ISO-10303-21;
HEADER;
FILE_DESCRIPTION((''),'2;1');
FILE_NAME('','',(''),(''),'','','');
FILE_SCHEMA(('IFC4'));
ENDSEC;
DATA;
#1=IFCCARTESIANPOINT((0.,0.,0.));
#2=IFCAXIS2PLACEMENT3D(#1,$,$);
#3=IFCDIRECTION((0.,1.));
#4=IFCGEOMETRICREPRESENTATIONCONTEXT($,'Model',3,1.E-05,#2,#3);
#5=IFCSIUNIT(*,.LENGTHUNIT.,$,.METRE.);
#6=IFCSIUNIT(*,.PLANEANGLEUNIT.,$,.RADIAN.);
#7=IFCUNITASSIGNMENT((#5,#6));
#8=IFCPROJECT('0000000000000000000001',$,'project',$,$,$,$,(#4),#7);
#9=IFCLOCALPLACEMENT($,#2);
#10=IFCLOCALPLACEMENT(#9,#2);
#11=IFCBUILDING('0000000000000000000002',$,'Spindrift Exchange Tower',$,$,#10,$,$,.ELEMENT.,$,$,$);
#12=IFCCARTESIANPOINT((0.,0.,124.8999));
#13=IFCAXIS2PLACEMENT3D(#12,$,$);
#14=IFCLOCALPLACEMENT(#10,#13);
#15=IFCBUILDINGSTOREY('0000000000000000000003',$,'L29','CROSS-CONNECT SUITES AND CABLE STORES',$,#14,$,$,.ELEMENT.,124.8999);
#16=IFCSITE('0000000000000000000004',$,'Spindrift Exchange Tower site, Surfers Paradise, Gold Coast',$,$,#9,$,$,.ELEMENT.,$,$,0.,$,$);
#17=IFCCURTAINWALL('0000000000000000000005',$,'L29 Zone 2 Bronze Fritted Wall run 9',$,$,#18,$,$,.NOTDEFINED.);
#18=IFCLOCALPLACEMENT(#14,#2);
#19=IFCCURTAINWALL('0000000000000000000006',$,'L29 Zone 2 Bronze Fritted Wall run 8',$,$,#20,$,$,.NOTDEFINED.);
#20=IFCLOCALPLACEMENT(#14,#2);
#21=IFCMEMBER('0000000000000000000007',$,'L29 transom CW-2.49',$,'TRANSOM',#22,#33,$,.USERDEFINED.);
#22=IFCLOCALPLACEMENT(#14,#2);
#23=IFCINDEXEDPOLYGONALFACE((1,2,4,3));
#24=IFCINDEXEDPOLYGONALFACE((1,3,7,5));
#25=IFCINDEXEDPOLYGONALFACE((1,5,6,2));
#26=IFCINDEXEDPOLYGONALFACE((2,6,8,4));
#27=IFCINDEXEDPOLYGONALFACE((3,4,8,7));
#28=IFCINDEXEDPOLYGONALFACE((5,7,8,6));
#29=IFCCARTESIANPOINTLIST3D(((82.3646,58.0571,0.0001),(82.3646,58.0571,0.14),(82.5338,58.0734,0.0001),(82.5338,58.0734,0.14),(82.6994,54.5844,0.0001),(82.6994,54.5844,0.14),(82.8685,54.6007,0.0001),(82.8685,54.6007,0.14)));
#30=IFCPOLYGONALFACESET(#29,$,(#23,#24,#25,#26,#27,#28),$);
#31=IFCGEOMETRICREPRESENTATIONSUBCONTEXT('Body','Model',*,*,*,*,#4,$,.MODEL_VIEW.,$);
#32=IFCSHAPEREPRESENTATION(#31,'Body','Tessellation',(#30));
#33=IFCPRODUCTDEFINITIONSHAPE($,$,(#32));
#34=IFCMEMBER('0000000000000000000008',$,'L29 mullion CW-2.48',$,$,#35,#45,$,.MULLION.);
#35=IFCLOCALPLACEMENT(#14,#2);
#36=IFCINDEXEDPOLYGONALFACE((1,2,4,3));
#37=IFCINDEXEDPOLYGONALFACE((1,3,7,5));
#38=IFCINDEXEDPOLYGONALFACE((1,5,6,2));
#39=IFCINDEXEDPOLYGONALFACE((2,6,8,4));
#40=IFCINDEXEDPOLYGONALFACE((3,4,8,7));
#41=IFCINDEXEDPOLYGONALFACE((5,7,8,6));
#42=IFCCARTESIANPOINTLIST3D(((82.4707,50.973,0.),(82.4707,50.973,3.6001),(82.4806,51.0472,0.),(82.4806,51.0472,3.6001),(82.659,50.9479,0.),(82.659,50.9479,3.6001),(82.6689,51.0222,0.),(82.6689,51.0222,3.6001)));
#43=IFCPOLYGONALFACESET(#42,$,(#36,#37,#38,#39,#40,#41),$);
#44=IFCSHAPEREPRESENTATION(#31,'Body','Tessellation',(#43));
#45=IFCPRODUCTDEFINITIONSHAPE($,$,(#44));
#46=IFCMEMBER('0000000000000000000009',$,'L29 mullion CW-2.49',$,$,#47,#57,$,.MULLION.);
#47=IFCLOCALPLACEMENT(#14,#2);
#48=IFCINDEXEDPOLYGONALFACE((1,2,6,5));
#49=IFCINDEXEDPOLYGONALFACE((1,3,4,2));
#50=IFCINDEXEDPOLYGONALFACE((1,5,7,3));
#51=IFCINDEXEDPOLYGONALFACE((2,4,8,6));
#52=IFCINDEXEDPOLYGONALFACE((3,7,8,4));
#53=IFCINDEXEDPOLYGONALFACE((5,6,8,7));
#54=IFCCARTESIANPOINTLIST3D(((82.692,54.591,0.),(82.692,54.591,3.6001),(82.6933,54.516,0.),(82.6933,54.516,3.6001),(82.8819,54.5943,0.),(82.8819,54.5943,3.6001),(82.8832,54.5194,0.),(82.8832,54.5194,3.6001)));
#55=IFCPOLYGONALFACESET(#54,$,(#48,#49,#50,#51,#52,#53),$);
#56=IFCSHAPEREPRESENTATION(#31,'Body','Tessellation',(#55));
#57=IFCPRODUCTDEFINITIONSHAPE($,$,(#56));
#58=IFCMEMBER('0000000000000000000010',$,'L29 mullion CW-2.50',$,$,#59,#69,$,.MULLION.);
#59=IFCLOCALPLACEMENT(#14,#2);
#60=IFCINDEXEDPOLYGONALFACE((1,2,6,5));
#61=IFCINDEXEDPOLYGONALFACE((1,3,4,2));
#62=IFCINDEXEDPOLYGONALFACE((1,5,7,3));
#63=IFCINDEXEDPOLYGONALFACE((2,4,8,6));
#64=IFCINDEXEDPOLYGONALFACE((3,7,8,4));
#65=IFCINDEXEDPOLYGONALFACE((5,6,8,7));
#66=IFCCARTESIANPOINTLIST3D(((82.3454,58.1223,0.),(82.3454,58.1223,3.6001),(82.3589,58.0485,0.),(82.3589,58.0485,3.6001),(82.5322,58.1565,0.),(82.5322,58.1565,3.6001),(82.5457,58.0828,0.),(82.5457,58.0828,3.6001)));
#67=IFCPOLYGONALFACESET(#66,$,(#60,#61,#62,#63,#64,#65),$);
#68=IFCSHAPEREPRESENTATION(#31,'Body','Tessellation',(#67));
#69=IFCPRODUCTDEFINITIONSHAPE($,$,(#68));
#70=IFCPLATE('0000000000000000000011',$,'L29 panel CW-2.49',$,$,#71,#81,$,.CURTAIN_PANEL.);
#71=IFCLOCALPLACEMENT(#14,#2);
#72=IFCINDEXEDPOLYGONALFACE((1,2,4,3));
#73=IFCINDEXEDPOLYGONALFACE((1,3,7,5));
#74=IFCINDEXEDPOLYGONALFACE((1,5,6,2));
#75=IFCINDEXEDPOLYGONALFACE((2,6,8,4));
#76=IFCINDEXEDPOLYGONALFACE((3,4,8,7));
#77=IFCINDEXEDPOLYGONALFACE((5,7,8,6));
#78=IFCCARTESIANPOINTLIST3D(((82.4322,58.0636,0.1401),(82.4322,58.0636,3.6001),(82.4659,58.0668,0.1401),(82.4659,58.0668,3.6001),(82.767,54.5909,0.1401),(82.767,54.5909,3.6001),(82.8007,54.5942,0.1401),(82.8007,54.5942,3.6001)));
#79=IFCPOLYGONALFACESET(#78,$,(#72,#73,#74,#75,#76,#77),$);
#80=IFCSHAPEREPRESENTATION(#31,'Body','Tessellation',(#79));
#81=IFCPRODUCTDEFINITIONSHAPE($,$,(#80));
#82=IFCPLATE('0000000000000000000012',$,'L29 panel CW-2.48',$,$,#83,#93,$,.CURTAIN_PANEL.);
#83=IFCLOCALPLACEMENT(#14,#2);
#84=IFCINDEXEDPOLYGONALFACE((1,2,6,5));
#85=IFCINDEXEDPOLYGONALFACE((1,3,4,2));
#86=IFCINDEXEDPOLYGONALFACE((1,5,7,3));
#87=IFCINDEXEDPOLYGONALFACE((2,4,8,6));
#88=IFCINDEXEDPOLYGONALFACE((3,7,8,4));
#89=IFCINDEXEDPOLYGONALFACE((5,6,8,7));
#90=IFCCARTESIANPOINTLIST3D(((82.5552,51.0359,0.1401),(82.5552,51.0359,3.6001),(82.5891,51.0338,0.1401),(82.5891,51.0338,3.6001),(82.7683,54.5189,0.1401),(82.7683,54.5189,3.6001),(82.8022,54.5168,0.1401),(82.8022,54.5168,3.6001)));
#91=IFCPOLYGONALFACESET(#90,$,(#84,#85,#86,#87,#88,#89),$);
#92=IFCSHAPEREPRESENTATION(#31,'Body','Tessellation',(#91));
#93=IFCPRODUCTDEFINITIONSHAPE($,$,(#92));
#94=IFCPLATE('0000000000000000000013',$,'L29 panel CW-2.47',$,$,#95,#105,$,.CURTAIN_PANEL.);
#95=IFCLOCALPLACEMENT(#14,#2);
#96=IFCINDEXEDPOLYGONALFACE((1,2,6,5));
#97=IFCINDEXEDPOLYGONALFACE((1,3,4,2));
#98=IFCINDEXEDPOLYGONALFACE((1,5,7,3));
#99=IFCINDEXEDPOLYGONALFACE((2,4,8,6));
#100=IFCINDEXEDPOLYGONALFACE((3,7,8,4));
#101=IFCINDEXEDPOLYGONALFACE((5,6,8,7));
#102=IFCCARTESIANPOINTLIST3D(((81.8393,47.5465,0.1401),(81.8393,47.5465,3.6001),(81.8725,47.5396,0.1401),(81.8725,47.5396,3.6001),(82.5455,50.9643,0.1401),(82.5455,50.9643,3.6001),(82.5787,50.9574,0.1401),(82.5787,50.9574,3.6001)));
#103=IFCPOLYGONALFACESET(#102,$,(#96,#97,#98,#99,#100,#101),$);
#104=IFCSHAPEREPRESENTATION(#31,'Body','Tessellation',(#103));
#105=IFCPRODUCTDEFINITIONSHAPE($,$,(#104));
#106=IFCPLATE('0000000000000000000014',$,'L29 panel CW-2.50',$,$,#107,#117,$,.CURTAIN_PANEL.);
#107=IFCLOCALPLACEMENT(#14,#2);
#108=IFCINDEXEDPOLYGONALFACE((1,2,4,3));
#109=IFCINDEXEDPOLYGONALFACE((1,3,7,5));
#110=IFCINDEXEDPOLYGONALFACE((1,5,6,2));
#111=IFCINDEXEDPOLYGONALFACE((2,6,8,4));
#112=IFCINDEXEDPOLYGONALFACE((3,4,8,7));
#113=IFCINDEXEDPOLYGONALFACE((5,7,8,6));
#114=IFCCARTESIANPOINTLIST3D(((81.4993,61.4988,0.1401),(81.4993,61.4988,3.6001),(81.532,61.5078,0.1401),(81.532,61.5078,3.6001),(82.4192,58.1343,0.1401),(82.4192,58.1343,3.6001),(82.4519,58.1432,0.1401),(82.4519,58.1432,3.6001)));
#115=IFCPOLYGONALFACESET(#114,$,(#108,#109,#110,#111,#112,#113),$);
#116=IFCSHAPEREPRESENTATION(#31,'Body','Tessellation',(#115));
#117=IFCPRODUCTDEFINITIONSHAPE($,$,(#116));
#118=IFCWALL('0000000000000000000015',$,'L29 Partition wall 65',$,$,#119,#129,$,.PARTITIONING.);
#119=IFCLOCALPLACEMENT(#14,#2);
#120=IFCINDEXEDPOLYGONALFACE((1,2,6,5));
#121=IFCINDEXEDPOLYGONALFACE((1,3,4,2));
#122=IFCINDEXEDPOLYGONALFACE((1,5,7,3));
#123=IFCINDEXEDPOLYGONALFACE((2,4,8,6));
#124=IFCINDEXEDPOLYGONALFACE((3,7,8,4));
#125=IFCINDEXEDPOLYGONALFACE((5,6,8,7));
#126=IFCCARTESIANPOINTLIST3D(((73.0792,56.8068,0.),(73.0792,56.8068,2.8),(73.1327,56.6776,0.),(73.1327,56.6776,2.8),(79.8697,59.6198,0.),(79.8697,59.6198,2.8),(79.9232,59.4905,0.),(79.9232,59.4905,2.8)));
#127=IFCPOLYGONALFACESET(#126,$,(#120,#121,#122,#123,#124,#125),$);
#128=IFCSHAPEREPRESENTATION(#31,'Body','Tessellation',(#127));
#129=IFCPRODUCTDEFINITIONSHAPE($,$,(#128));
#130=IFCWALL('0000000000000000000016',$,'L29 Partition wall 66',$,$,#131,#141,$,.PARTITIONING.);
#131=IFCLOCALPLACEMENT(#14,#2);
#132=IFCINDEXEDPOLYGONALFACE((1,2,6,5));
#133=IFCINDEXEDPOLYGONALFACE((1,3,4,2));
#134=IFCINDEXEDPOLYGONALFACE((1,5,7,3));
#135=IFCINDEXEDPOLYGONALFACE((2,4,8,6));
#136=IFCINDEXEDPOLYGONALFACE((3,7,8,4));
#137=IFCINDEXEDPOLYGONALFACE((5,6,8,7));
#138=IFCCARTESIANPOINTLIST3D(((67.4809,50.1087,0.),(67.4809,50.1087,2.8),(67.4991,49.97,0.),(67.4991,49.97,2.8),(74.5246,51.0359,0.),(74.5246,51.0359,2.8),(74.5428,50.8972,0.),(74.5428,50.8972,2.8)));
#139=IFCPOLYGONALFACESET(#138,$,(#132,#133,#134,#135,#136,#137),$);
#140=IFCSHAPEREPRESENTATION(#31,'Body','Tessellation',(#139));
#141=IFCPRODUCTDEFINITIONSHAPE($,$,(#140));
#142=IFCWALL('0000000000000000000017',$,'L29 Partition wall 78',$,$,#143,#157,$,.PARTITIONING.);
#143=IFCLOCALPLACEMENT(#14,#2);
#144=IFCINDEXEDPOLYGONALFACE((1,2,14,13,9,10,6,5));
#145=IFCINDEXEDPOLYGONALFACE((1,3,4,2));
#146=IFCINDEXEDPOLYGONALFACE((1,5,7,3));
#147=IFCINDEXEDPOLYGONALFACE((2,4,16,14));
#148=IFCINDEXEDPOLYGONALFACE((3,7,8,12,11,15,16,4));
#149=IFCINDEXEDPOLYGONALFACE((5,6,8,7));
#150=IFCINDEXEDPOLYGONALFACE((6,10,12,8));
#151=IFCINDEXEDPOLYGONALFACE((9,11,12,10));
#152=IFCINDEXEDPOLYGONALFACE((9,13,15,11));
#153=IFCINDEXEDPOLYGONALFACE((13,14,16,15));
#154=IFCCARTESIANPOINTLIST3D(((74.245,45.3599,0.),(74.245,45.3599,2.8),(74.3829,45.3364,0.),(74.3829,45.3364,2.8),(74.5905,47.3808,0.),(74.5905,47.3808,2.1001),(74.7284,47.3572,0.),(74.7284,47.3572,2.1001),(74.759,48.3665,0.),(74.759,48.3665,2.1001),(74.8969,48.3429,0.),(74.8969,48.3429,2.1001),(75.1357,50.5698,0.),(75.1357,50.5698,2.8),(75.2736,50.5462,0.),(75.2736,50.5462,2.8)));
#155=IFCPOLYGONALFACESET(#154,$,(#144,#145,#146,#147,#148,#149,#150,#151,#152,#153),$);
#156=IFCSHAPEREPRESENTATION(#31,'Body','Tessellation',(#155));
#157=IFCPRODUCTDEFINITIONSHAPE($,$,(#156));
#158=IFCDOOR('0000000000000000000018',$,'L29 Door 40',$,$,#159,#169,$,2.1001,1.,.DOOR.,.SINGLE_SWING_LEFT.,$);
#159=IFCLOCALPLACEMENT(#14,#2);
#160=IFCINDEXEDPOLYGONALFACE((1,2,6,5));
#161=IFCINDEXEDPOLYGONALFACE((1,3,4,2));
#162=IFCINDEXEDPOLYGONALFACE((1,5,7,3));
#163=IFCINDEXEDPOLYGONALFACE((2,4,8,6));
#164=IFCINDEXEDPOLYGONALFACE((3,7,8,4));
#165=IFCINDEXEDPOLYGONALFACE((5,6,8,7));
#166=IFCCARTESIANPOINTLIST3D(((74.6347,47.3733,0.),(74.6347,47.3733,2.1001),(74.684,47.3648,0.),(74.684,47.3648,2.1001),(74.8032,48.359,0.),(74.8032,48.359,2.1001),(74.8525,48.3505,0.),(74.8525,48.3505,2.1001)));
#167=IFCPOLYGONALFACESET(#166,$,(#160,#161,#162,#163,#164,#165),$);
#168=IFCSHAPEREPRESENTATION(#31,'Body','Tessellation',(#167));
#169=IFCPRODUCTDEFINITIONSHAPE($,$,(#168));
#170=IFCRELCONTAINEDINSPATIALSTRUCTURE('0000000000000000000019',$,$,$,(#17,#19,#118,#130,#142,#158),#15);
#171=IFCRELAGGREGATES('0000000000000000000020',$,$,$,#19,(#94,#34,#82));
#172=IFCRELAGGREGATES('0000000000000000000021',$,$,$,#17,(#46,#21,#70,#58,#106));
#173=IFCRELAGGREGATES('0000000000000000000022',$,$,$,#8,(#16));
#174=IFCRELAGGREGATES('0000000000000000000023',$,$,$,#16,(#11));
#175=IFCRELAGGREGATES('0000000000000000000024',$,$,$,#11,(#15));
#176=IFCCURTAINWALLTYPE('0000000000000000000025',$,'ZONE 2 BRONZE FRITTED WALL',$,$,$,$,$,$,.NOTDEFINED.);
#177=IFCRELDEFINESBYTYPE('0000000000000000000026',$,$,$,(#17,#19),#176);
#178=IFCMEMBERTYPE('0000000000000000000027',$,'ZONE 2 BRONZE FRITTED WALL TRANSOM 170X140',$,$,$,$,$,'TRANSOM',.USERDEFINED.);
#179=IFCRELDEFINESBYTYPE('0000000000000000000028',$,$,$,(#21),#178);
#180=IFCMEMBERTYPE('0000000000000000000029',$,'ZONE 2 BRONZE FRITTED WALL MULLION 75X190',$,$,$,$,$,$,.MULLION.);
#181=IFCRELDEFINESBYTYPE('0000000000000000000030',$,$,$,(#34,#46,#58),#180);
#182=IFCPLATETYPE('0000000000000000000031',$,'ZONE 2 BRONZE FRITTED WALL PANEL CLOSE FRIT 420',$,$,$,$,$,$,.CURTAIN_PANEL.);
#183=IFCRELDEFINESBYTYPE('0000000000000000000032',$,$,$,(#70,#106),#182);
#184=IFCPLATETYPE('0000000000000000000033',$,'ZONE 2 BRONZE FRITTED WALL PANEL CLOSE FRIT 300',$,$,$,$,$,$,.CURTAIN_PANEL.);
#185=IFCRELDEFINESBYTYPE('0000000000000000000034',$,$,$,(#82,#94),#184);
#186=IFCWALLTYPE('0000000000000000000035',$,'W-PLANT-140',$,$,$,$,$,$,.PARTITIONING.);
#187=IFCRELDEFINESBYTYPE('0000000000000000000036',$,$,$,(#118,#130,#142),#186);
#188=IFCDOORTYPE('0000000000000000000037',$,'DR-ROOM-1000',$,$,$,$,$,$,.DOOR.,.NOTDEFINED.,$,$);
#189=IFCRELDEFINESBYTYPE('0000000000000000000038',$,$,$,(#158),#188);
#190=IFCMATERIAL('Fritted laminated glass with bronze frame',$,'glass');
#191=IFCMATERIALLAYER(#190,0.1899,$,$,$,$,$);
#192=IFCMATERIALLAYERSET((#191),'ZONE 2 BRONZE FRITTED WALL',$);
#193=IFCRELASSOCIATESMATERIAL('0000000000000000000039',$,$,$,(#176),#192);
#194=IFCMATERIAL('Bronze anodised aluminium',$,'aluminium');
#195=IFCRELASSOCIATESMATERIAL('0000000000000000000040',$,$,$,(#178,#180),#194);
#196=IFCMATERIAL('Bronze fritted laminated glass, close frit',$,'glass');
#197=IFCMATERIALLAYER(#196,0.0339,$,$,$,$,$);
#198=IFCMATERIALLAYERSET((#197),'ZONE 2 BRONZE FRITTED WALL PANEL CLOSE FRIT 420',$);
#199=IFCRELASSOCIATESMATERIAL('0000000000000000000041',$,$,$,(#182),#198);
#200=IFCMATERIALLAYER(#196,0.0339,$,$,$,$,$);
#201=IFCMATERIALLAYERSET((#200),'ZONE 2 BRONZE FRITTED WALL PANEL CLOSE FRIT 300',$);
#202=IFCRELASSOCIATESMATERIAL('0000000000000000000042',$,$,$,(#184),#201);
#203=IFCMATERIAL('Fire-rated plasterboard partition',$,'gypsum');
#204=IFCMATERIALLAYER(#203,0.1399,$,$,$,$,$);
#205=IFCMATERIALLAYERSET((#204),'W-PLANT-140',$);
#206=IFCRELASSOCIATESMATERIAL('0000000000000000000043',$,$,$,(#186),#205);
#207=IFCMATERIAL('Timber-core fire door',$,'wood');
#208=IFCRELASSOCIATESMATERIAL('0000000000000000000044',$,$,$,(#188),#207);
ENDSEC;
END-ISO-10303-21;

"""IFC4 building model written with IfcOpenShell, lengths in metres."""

from ifc_helpers import new_model, si_unit, direction, frame, frame_2d, origin, origin_2d, place, context, subcontext, project, spatial, rectangle, extrude, source, transform, mapped, material, layer, layer_set, material_profile, profile_set, type_object, element, fill, aggregate, save


model = new_model("IFC4")

# Units and contexts
model_context = context("Model", 3, precision=1e-05, world=origin(), true_north=direction((0.0, 1.0)))
body_context = subcontext(model_context, "Body", "Model", "MODEL_VIEW")
ifc_project = project(units=[si_unit("LENGTHUNIT", "METRE"), si_unit("PLANEANGLEUNIT", "RADIAN")], contexts=[model_context])

# Site, building, storey
site_placement = place(None, origin())
site = spatial("IfcSite", under=ifc_project, at=site_placement, Name="Spindrift Exchange Tower site, Surfers Paradise, Gold Coast", CompositionType="ELEMENT", RefElevation=0.0)
building_placement = place(site_placement, origin())
building = spatial("IfcBuilding", under=site, at=building_placement, Name="Spindrift Exchange Tower", CompositionType="ELEMENT")
storey_placement = place(building_placement, frame((0.0, 0.0, 124.8999)))
storey = spatial("IfcBuildingStorey", under=building, at=storey_placement, Name="L29", Description="CROSS-CONNECT SUITES AND CABLE STORES", CompositionType="ELEMENT", Elevation=124.8999)

# Curtain walls
ifc_material_1 = material(Name="Fritted laminated glass with bronze frame", Category="glass")
ifc_layer_1 = layer(ifc_material_1, 0.1899)
ifc_layer_set_1 = layer_set([ifc_layer_1], Name="ZONE 2 BRONZE FRITTED WALL")
curtain_wall_type = type_object("IfcCurtainWallType", Name="ZONE 2 BRONZE FRITTED WALL", PredefinedType="NOTDEFINED", material=ifc_layer_set_1)
curtain_wall_1_placement = place(storey_placement, origin())
curtain_wall_1 = element("IfcCurtainWall", 1, at=curtain_wall_1_placement, inside=storey, type_object=curtain_wall_type, Name="L29 Zone 2 Bronze Fritted Wall run 9", PredefinedType="NOTDEFINED")
ifc_material_2 = material(Name="Bronze anodised aluminium", Category="aluminium")
ifc_material_profile_1 = material_profile(ifc_material_2, rectangle(XDim=0.1699, YDim=0.1399, at=origin_2d()), Name="ZONE 2 BRONZE FRITTED WALL TRANSOM 170X140")
ifc_profile_set_1 = profile_set([ifc_material_profile_1], Name="Bronze anodised aluminium")
member_type_1 = type_object("IfcMemberType", Name="ZONE 2 BRONZE FRITTED WALL TRANSOM 170X140", ElementType="TRANSOM", PredefinedType="USERDEFINED", material=ifc_profile_set_1)
curtain_wall_2_placement = place(storey_placement, origin())
curtain_wall_2 = element("IfcCurtainWall", 2, at=curtain_wall_2_placement, inside=storey, type_object=curtain_wall_type, Name="L29 Zone 2 Bronze Fritted Wall run 8", PredefinedType="NOTDEFINED")

# Members
shared_shape_1 = source(origin(), body_context, "Body", "SweptSolid", [
    extrude(rectangle(XDim=0.1699, YDim=0.1399, at=origin_2d()), origin(), (0.0, 0.0, 1.0), 3.4888),
])
member_1_placement = place(storey_placement, frame((82.7839, 54.5925, 0.0701), z_axis=(-0.095942, 0.995387, 0.0), x_axis=(-0.995387, -0.095942, 0.0)))
member_1 = element("IfcMember", 3, at=member_1_placement, type_object=member_type_1, Name="L29 transom CW-2.49", ObjectType="TRANSOM", PredefinedType="USERDEFINED", context=body_context, shape_type="MappedRepresentation", body=[
    mapped(shared_shape_1, transform((0.0, 0.0, 0.0), scale=1.0)),
])
ifc_material_profile_2 = material_profile(ifc_material_2, rectangle(XDim=0.075, YDim=0.1899, at=origin_2d()), Name="ZONE 2 BRONZE FRITTED WALL MULLION 75X190")
ifc_profile_set_2 = profile_set([ifc_material_profile_2], Name="Bronze anodised aluminium")
member_type_2 = type_object("IfcMemberType", Name="ZONE 2 BRONZE FRITTED WALL MULLION 75X190", PredefinedType="MULLION", material=ifc_profile_set_2)
shared_shape_2 = source(origin(), body_context, "Body", "SweptSolid", [
    extrude(rectangle(XDim=0.075, YDim=0.1899, at=origin_2d()), origin(), (0.0, 0.0, 1.0), 3.6001),
])
member_2_placement = place(storey_placement, frame((82.5698, 50.9976, 0.0), z_axis=(0.0, 0.0, 1.0), x_axis=(0.132051, 0.991243, 0.0)))
member_2 = element("IfcMember", 4, at=member_2_placement, type_object=member_type_2, Name="L29 mullion CW-2.48", PredefinedType="MULLION", context=body_context, shape_type="MappedRepresentation", body=[
    mapped(shared_shape_2, transform((0.0, 0.0, 0.0), scale=1.0)),
])
member_3_placement = place(storey_placement, frame((82.7876, 54.5552, 0.0), z_axis=(0.0, 0.0, 1.0), x_axis=(-0.017499, 0.999847, 0.0)))
member_3 = element("IfcMember", 5, at=member_3_placement, type_object=member_type_2, Name="L29 mullion CW-2.49", PredefinedType="MULLION", context=body_context, shape_type="MappedRepresentation", body=[
    mapped(shared_shape_2, transform((0.0, 0.0, 0.0), scale=1.0)),
])
member_4_placement = place(storey_placement, frame((82.4456, 58.1025, 0.0), z_axis=(0.0, 0.0, 1.0), x_axis=(-0.180505, 0.983574, 0.0)))
member_4 = element("IfcMember", 6, at=member_4_placement, type_object=member_type_2, Name="L29 mullion CW-2.50", PredefinedType="MULLION", context=body_context, shape_type="MappedRepresentation", body=[
    mapped(shared_shape_2, transform((0.0, 0.0, 0.0), scale=1.0)),
])

# Plates
ifc_material_3 = material(Name="Bronze fritted laminated glass, close frit", Category="glass")
ifc_layer_2 = layer(ifc_material_3, 0.0339)
ifc_layer_set_2 = layer_set([ifc_layer_2], Name="ZONE 2 BRONZE FRITTED WALL PANEL CLOSE FRIT 420")
plate_type_1 = type_object("IfcPlateType", Name="ZONE 2 BRONZE FRITTED WALL PANEL CLOSE FRIT 420", PredefinedType="CURTAIN_PANEL", material=ifc_layer_set_2)
shared_shape_3 = source(origin(), body_context, "Body", "SweptSolid", [
    extrude(rectangle(XDim=3.4888, YDim=0.0339, at=origin_2d()), origin(), (0.0, 0.0, 1.0), 3.46),
])
plate_1_placement = place(storey_placement, frame((82.6165, 56.3289, 0.1401), z_axis=(0.0, 0.0, 1.0), x_axis=(-0.095966, 0.995385, 0.0)))
plate_1 = element("IfcPlate", 7, at=plate_1_placement, type_object=plate_type_1, Name="L29 panel CW-2.49", PredefinedType="CURTAIN_PANEL", context=body_context, shape_type="MappedRepresentation", body=[
    mapped(shared_shape_3, transform((0.0, 0.0, 0.0), scale=1.0)),
])
ifc_layer_3 = layer(ifc_material_3, 0.0339)
ifc_layer_set_3 = layer_set([ifc_layer_3], Name="ZONE 2 BRONZE FRITTED WALL PANEL CLOSE FRIT 300")
plate_type_2 = type_object("IfcPlateType", Name="ZONE 2 BRONZE FRITTED WALL PANEL CLOSE FRIT 300", PredefinedType="CURTAIN_PANEL", material=ifc_layer_set_3)
shared_shape_4 = source(origin(), body_context, "Body", "SweptSolid", [
    extrude(rectangle(XDim=3.4895, YDim=0.0339, at=origin_2d()), origin(), (0.0, 0.0, 1.0), 3.46),
])
plate_2_placement = place(storey_placement, frame((82.6787, 52.7764, 0.1401), z_axis=(0.0, 0.0, 1.0), x_axis=(0.061076, 0.998133, 0.0)))
plate_2 = element("IfcPlate", 8, at=plate_2_placement, type_object=plate_type_2, Name="L29 panel CW-2.48", PredefinedType="CURTAIN_PANEL", context=body_context, shape_type="MappedRepresentation", body=[
    mapped(shared_shape_4, transform((0.0, 0.0, 0.0), scale=1.0)),
])
shared_shape_5 = source(origin(), body_context, "Body", "SweptSolid", [
    extrude(rectangle(XDim=3.49, YDim=0.0339, at=origin_2d()), origin(), (0.0, 0.0, 1.0), 3.46),
])
plate_3_placement = place(storey_placement, frame((82.209, 49.252, 0.1401), z_axis=(0.0, 0.0, 1.0), x_axis=(0.202353, 0.979313, 0.0)))
plate_3 = element("IfcPlate", 9, at=plate_3_placement, type_object=plate_type_2, Name="L29 panel CW-2.47", PredefinedType="CURTAIN_PANEL", context=body_context, shape_type="MappedRepresentation", body=[
    mapped(shared_shape_5, transform((0.0, 0.0, 0.0), scale=1.0)),
])
aggregate(curtain_wall_2, [plate_3, member_2, plate_2])
shared_shape_6 = source(origin(), body_context, "Body", "SweptSolid", [
    extrude(rectangle(XDim=3.488, YDim=0.0339, at=origin_2d()), origin(), (0.0, 0.0, 1.0), 3.46),
])
plate_4_placement = place(storey_placement, frame((81.9756, 59.821, 0.1401), z_axis=(0.0, 0.0, 1.0), x_axis=(-0.263728, 0.964597, 0.0)))
plate_4 = element("IfcPlate", 10, at=plate_4_placement, type_object=plate_type_1, Name="L29 panel CW-2.50", PredefinedType="CURTAIN_PANEL", context=body_context, shape_type="MappedRepresentation", body=[
    mapped(shared_shape_6, transform((0.0, 0.0, 0.0), scale=1.0)),
])
aggregate(curtain_wall_1, [member_3, member_1, plate_1, member_4, plate_4])

# Walls
ifc_material_4 = material(Name="Fire-rated plasterboard partition", Category="gypsum")
ifc_layer_4 = layer(ifc_material_4, 0.1399)
ifc_layer_set_4 = layer_set([ifc_layer_4], Name="W-PLANT-140")
wall_type_1 = type_object("IfcWallType", Name="W-PLANT-140", PredefinedType="PARTITIONING", material=ifc_layer_set_4)
wall_1_placement = place(storey_placement, frame((73.106, 56.7422, 0.0), z_axis=(0.0, 0.0, 1.0), x_axis=(0.923867, 0.382714, 0.0)))
element("IfcWall", 11, at=wall_1_placement, inside=storey, type_object=wall_type_1, Name="L29 Partition wall 65", PredefinedType="PARTITIONING", context=body_context, shape_type="SweptSolid", body=[
    extrude(rectangle(XDim=7.3501, YDim=0.1399, at=frame_2d((3.675, 0.0))), origin(), (0.0, 0.0, 1.0), 2.8),
])
wall_2_placement = place(storey_placement, frame((67.49, 50.0393, 0.0), z_axis=(0.0, 0.0, 1.0), x_axis=(0.991446, 0.130516, 0.0)))
element("IfcWall", 12, at=wall_2_placement, inside=storey, type_object=wall_type_1, Name="L29 Partition wall 66", PredefinedType="PARTITIONING", context=body_context, shape_type="SweptSolid", body=[
    extrude(rectangle(XDim=7.1045, YDim=0.1399, at=frame_2d((3.5522, 0.0))), origin(), (0.0, 0.0, 1.0), 2.8),
])

# Wall, opening, door
wall_3_placement = place(storey_placement, frame((75.2046, 50.5579, 0.0), z_axis=(0.0, 0.0, 1.0), x_axis=(-0.16851, -0.9857, 0.0)))
wall_3 = element("IfcWall", 13, at=wall_3_placement, inside=storey, type_object=wall_type_1, Name="L29 Partition wall 78", PredefinedType="PARTITIONING", context=body_context, shape_type="SweptSolid", body=[
    extrude(rectangle(XDim=5.2854, YDim=0.1399, at=frame_2d((2.6426, 0.0))), origin(), (0.0, 0.0, 1.0), 2.8),
])
opening_1_placement = place(wall_3_placement, frame((2.2351, 0.0, 0.0)))
opening_1 = element("IfcOpeningElement", 14, at=opening_1_placement, cuts=wall_3, PredefinedType="OPENING", context=body_context, shape_type="SweptSolid", body=[
    extrude(rectangle(XDim=1.0, YDim=2.1001, at=frame_2d((0.5, 1.05))), frame((0.0, 0.0798, 0.0), z_axis=(0.0, -1.0, 0.0), x_axis=(1.0, 0.0, 0.0)), (0.0, 0.0, 1.0), 0.1599),
])
ifc_material_5 = material(Name="Timber-core fire door", Category="wood")
door_type = type_object("IfcDoorType", Name="DR-ROOM-1000", OperationType="NOTDEFINED", PredefinedType="DOOR", material=ifc_material_5)
shared_shape_7 = source(origin(), body_context, "Body", "SweptSolid", [
    extrude(rectangle(XDim=1.0, YDim=2.1001, at=frame_2d((0.5, 1.05))), frame((0.0, 0.0249, 0.0), z_axis=(0.0, -1.0, 0.0), x_axis=(1.0, 0.0, 0.0)), (0.0, 0.0, 1.0), 0.05),
])
door_1_placement = place(opening_1_placement, origin())
door_1 = element("IfcDoor", 15, at=door_1_placement, inside=storey, type_object=door_type, Name="L29 Door 40", OperationType="SINGLE_SWING_LEFT", OverallHeight=2.1001, OverallWidth=1.0, PredefinedType="DOOR", context=body_context, shape_type="MappedRepresentation", body=[
    mapped(shared_shape_7, transform((0.0, 0.0, 0.0), scale=1.0)),
])
fill(opening_1, door_1)

save(model, "model.ifc")
